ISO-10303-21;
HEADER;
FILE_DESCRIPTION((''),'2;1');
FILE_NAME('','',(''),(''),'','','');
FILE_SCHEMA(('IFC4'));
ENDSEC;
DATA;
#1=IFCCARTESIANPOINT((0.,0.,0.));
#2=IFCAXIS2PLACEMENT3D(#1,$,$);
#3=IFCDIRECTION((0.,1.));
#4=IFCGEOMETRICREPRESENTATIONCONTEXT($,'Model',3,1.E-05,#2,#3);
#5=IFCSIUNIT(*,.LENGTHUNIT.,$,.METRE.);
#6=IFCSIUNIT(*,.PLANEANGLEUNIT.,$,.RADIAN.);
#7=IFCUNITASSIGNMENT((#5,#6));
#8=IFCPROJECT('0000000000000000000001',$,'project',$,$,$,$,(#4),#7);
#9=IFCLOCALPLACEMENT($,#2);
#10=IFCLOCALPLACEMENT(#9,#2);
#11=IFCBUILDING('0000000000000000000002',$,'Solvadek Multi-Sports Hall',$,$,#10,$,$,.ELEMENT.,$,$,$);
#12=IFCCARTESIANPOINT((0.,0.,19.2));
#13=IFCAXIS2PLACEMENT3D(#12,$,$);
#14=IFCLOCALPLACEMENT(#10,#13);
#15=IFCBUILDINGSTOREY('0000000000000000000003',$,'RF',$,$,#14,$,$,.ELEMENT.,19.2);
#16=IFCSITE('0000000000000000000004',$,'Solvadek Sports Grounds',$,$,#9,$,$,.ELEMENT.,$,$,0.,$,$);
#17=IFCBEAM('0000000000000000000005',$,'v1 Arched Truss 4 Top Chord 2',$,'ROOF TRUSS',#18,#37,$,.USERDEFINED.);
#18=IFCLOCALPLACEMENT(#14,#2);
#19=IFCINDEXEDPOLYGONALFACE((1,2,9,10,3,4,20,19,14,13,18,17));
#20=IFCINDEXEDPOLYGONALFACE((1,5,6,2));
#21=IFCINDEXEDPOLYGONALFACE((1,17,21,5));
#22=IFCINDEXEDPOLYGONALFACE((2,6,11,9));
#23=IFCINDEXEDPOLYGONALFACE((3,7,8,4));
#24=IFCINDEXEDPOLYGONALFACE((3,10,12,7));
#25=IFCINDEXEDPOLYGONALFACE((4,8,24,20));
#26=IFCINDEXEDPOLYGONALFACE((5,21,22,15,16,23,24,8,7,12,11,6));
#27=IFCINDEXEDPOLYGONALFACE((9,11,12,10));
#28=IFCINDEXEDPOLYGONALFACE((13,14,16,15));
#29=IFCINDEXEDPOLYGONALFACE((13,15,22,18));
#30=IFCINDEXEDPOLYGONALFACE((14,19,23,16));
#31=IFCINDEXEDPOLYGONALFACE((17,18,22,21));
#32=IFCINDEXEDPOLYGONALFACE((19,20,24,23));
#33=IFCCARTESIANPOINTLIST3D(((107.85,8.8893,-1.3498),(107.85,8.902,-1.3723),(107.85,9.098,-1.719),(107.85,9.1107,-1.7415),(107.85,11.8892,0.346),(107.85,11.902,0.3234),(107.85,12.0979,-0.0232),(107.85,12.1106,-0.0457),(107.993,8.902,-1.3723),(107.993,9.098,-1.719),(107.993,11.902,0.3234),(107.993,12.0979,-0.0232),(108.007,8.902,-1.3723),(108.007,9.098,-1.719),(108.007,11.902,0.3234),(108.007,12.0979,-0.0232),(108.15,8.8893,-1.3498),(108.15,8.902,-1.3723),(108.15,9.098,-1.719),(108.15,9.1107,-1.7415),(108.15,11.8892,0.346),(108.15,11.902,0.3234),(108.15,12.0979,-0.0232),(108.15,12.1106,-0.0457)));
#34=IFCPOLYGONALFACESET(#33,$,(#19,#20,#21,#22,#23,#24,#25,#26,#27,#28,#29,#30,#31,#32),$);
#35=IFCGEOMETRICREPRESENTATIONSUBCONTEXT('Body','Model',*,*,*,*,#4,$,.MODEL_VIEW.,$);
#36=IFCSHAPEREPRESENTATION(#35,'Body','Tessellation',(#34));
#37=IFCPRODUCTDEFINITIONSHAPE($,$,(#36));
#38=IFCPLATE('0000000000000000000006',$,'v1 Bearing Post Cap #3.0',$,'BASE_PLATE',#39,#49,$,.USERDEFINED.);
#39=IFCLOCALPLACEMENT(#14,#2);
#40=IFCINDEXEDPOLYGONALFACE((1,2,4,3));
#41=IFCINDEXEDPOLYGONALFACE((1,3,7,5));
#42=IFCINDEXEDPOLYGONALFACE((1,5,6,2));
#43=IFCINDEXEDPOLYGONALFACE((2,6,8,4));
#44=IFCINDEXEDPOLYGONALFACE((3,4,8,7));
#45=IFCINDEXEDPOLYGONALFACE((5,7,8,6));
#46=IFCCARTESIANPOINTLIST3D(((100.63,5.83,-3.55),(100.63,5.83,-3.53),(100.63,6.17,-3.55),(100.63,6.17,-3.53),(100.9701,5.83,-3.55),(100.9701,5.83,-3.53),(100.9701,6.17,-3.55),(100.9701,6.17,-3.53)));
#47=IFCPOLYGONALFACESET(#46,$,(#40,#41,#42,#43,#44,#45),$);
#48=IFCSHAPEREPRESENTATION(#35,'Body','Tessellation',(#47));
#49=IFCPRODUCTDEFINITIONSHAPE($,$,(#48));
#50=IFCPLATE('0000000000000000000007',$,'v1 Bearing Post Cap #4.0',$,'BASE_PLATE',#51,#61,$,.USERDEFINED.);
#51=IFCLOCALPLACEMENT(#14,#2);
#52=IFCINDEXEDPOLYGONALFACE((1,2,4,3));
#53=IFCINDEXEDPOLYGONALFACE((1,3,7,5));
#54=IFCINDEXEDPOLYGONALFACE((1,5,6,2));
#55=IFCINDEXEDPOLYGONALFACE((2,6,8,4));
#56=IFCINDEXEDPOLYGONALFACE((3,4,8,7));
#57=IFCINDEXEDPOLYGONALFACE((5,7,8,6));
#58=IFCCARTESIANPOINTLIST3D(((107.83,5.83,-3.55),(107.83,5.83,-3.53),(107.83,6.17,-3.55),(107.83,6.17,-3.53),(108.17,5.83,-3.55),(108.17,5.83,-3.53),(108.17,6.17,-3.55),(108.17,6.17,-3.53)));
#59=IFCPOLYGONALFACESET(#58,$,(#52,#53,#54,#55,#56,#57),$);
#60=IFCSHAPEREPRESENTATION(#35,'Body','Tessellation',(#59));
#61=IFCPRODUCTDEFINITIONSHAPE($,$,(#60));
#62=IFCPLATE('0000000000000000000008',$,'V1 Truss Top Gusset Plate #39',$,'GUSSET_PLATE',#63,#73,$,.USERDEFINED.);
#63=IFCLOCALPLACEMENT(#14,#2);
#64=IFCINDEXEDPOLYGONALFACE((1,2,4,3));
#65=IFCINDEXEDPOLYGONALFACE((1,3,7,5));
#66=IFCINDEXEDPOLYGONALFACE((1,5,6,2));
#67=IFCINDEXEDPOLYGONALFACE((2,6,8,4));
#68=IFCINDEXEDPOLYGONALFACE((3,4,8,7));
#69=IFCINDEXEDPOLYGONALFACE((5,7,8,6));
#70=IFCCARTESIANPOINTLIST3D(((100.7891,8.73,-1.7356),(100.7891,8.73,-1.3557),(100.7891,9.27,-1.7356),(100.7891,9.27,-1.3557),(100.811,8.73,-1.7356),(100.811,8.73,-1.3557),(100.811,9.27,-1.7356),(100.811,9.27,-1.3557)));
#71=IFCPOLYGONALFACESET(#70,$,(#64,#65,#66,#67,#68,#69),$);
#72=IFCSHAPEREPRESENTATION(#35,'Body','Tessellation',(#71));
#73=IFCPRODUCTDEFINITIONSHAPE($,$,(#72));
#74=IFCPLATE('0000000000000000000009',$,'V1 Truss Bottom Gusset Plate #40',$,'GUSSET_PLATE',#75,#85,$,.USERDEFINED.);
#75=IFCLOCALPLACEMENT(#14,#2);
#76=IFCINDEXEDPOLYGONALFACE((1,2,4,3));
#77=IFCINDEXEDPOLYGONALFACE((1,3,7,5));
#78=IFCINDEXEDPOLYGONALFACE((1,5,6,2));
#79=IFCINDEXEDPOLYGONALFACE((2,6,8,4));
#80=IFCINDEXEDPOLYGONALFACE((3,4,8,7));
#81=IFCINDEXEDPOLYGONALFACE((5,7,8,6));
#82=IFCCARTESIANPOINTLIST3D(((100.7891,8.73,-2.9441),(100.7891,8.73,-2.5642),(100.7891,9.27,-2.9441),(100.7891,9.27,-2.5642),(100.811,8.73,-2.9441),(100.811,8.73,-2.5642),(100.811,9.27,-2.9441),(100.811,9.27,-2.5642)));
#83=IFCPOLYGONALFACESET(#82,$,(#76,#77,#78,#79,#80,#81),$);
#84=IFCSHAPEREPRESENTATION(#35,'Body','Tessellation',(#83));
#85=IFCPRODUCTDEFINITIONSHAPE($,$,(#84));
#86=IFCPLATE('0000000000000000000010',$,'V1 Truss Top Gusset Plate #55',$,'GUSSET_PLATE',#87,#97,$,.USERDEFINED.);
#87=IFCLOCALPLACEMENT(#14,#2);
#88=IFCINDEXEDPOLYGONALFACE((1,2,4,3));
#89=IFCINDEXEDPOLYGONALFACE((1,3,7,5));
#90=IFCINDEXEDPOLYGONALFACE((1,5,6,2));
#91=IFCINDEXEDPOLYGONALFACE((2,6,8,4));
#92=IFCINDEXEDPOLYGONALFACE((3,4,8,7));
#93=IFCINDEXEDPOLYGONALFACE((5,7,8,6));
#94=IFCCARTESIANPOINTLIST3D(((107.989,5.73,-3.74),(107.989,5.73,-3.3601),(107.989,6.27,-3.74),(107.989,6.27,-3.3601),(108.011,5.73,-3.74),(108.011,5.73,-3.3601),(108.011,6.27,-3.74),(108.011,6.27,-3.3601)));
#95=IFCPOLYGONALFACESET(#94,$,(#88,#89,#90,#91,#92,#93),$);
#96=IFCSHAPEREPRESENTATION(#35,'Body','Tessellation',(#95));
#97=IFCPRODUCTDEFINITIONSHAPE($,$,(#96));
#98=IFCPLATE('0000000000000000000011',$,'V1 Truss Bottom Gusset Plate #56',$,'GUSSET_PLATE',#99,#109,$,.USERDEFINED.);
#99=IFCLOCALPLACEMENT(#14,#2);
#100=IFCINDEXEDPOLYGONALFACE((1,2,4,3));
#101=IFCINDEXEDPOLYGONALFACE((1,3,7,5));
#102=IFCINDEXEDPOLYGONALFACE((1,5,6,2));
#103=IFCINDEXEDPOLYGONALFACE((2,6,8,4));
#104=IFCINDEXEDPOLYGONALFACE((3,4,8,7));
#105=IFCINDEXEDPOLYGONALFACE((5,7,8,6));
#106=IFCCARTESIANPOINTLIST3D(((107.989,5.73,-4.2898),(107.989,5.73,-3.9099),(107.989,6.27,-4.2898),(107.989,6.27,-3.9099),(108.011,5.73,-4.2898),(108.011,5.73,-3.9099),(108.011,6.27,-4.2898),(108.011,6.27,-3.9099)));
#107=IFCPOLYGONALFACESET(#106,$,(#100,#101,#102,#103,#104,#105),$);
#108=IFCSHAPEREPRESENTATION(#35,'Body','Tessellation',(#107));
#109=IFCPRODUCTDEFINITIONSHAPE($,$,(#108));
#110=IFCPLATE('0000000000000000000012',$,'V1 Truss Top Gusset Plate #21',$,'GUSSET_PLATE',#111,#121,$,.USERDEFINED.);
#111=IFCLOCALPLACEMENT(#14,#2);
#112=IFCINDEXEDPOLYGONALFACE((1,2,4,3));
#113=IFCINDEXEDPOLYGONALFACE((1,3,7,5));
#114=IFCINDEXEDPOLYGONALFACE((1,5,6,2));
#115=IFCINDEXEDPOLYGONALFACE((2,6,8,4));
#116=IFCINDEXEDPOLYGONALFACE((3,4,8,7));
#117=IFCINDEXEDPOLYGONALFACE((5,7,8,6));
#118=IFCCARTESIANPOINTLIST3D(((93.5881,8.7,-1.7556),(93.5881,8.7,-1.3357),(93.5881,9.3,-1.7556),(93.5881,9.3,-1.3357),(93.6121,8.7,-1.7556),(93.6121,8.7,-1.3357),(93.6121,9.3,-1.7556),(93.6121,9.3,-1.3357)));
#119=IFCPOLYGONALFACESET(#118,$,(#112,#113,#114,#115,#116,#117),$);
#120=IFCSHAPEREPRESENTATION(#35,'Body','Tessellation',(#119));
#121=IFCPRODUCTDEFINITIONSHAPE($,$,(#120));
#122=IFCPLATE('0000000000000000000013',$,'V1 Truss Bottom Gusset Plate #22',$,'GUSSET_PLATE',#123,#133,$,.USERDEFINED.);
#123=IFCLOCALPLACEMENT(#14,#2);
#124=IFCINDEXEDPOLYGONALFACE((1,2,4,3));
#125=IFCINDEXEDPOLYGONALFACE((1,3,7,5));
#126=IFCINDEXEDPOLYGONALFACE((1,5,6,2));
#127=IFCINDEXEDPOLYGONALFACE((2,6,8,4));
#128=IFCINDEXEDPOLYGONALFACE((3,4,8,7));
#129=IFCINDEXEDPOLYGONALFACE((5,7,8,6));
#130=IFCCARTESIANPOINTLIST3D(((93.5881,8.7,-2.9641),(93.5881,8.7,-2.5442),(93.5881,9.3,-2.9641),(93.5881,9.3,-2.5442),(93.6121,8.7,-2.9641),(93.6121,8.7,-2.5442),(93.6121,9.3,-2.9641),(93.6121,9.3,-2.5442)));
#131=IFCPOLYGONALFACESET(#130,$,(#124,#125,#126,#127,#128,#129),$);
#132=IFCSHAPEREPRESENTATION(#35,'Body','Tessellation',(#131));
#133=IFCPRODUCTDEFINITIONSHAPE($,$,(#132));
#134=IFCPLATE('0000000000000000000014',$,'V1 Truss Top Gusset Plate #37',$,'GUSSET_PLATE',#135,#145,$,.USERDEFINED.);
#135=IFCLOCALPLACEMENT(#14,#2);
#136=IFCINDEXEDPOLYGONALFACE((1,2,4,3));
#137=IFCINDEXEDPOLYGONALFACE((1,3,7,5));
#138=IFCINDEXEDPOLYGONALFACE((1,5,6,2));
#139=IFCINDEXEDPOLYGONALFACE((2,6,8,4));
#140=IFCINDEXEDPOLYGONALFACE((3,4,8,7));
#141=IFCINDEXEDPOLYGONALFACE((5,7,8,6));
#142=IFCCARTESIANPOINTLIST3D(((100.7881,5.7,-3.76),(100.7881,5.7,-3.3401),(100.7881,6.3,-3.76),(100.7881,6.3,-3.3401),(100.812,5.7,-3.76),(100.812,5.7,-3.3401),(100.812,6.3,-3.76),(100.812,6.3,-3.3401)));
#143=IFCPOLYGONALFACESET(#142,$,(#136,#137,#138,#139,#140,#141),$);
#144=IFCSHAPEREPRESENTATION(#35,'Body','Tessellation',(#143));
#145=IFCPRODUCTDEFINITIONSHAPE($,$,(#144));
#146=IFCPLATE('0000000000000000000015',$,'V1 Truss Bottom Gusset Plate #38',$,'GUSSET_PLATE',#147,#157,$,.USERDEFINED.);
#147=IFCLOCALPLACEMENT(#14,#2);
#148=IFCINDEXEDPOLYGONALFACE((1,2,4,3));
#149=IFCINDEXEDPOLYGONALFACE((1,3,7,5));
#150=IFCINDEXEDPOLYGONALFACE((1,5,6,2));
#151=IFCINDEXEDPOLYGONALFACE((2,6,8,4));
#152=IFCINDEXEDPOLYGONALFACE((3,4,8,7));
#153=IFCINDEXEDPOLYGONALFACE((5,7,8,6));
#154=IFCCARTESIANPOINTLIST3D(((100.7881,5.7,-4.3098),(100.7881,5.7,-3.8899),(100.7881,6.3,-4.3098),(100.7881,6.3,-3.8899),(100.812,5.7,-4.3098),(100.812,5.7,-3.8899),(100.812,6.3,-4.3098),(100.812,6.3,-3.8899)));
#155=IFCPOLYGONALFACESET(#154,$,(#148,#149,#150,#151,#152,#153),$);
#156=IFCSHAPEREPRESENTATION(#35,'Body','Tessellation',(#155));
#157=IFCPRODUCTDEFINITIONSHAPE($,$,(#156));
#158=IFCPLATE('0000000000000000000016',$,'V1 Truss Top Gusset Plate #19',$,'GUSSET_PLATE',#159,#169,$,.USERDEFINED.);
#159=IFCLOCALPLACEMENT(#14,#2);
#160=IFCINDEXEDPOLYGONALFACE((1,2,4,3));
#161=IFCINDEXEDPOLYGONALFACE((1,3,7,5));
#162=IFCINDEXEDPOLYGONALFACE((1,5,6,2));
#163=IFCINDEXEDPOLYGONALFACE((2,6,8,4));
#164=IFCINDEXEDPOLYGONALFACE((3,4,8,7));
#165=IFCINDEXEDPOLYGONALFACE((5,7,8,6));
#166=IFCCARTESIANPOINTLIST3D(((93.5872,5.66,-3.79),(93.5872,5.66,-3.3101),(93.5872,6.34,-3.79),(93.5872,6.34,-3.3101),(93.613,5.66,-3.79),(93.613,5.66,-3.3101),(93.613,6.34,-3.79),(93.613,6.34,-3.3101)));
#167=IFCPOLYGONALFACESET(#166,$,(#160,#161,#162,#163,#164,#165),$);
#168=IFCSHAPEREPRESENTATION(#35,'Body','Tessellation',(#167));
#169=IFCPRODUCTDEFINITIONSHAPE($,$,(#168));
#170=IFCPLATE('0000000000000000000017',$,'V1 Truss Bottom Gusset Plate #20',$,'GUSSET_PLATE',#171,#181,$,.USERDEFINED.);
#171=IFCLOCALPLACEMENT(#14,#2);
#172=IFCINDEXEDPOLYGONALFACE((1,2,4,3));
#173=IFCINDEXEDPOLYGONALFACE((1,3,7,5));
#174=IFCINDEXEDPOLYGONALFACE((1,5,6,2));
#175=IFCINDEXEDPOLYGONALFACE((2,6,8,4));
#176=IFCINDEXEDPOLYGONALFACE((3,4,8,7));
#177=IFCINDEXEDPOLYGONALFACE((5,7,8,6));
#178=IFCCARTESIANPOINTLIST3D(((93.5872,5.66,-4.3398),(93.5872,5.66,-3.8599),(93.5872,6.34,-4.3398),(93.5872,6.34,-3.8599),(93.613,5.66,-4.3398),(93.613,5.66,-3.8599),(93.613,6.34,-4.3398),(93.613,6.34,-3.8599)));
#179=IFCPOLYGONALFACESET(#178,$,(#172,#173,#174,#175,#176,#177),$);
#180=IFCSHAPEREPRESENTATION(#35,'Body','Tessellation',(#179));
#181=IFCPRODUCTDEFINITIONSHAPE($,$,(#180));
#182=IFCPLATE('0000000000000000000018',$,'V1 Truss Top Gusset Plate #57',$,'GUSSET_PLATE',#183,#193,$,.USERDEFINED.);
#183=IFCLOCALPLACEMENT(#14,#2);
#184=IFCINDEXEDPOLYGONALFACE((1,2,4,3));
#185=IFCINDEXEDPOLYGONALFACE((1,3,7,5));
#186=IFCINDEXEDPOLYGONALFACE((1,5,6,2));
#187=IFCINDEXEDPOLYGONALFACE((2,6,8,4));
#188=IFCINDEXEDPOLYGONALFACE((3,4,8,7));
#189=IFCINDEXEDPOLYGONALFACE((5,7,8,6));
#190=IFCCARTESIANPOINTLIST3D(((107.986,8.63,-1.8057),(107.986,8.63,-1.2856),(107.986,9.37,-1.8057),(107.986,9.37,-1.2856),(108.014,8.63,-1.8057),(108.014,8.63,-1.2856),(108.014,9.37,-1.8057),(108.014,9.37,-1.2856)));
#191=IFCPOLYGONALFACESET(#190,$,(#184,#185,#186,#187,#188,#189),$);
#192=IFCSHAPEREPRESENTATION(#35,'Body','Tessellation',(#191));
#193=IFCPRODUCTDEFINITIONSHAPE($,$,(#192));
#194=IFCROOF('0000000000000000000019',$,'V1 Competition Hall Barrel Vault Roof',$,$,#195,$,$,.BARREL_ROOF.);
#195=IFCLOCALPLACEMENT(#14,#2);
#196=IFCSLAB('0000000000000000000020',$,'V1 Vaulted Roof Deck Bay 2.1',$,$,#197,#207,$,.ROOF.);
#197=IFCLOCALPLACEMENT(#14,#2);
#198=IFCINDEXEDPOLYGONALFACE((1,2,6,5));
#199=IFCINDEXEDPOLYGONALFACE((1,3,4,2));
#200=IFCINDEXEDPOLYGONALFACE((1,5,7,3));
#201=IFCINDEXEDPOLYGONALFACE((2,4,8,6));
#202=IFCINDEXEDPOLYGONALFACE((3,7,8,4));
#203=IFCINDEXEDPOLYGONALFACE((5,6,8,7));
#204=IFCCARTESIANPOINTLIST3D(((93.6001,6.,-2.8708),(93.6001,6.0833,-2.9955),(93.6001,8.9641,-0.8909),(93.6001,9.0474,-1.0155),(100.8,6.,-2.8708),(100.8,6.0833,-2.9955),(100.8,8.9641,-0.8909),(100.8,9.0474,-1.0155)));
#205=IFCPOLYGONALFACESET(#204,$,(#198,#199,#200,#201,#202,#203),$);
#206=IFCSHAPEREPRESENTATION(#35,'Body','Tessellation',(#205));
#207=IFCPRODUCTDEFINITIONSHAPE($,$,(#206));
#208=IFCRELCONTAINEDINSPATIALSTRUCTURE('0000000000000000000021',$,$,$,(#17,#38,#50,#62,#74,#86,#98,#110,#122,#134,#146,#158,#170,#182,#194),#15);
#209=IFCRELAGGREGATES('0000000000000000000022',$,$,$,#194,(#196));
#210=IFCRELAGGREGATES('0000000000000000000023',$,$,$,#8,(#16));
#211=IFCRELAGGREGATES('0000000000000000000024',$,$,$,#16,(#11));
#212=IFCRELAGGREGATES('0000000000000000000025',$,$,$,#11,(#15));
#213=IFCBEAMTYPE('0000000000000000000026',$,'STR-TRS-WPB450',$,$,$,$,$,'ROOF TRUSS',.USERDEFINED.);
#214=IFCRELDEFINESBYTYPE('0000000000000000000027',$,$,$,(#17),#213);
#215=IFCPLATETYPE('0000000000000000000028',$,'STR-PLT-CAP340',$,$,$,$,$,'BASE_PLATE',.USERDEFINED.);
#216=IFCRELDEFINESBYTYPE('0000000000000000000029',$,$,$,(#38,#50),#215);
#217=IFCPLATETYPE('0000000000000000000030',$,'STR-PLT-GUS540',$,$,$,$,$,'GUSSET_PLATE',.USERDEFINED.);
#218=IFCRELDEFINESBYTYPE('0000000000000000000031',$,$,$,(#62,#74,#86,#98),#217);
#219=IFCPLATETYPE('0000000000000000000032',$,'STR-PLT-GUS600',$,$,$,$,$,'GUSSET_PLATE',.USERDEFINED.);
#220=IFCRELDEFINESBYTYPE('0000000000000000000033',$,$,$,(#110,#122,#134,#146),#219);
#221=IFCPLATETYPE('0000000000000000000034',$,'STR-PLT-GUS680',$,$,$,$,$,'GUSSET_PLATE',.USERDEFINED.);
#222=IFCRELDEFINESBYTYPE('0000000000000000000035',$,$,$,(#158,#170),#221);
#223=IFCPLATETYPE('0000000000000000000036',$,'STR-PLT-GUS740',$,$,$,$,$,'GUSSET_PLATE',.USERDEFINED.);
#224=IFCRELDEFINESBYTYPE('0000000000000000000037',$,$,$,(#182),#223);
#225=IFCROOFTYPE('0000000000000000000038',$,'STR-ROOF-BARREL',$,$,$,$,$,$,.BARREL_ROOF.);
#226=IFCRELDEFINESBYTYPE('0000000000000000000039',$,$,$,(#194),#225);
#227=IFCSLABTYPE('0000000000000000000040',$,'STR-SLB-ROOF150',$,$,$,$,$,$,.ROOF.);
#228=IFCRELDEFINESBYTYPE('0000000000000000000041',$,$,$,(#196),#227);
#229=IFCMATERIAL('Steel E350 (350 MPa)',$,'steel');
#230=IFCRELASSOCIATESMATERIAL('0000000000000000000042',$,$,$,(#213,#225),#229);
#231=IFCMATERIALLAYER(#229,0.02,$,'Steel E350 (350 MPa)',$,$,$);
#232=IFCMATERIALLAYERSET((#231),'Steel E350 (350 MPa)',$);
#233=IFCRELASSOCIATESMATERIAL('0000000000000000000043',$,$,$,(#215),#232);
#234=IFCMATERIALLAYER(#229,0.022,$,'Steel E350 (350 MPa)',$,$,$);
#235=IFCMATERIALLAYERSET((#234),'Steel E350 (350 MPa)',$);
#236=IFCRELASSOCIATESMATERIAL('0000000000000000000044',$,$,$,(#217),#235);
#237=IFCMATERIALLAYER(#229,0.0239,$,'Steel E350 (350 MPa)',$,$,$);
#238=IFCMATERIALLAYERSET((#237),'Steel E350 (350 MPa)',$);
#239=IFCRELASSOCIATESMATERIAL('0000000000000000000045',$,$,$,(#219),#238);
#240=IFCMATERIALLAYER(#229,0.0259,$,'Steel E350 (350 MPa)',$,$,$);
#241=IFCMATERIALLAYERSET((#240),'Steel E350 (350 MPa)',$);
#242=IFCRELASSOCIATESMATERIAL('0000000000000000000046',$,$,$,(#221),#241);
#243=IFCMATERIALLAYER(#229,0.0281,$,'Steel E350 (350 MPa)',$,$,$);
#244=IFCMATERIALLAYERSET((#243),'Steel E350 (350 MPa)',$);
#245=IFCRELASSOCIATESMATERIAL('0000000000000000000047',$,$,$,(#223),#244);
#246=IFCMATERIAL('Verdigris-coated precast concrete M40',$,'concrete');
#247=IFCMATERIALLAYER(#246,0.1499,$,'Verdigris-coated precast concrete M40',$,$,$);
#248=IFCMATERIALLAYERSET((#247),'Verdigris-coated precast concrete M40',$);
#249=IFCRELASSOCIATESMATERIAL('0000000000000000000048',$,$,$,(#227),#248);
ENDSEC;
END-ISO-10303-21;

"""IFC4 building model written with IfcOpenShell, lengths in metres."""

from ifc_helpers import new_model, si_unit, direction, frame, origin, origin_2d, place, context, subcontext, project, spatial, polyline, rectangle, i_section, outline, extrude, material, layer, layer_set, material_profile, profile_set, type_object, element, aggregate, save


model = new_model("IFC4")

# Units and contexts
model_context = context("Model", 3, precision=1e-05, world=origin(), true_north=direction((0.0, 1.0)))
body_context = subcontext(model_context, "Body", "Model", "MODEL_VIEW")
ifc_project = project(units=[si_unit("LENGTHUNIT", "METRE"), si_unit("PLANEANGLEUNIT", "RADIAN")], contexts=[model_context])

# Site, building, storey
site_placement = place(None, origin())
site = spatial("IfcSite", under=ifc_project, at=site_placement, Name="Solvadek Sports Grounds", CompositionType="ELEMENT", RefElevation=0.0)
building_placement = place(site_placement, origin())
building = spatial("IfcBuilding", under=site, at=building_placement, Name="Solvadek Multi-Sports Hall", CompositionType="ELEMENT")
storey_placement = place(building_placement, frame((0.0, 0.0, 19.2)))
storey = spatial("IfcBuildingStorey", under=building, at=storey_placement, Name="RF", CompositionType="ELEMENT", Elevation=19.2)

# Shared definitions
ifc_material_1 = material(Name="Steel E350 (350 MPa)", Category="steel")

# Beam
ifc_material_profile_1 = material_profile(ifc_material_1, i_section(OverallWidth=0.3, OverallDepth=0.45, WebThickness=0.0139, FlangeThickness=0.0259, at=origin_2d()), Name="WPB 450")
ifc_profile_set_1 = profile_set([ifc_material_profile_1], Name="Steel E350 (350 MPa)")
beam_type = type_object("IfcBeamType", Name="STR-TRS-WPB450", ElementType="ROOF TRUSS", PredefinedType="USERDEFINED", material=ifc_profile_set_1)
beam_1_placement = place(storey_placement, frame((108.0, 9.0, -1.5457), z_axis=(0.0, 0.870544, 0.49209), x_axis=(-1.0, 0.0, 0.0)))
element("IfcBeam", 1, at=beam_1_placement, inside=storey, type_object=beam_type, Name="v1 Arched Truss 4 Top Chord 2", ObjectType="ROOF TRUSS", PredefinedType="USERDEFINED", context=body_context, shape_type="SweptSolid", body=[
    extrude(i_section(OverallWidth=0.3, OverallDepth=0.45, WebThickness=0.0139, FlangeThickness=0.0259, at=origin_2d()), origin(), (0.0, 0.0, 1.0), 3.446),
])

# Plates
ifc_layer_1 = layer(ifc_material_1, 0.02, Name="Steel E350 (350 MPa)")
ifc_layer_set_1 = layer_set([ifc_layer_1], Name="Steel E350 (350 MPa)")
plate_type_1 = type_object("IfcPlateType", Name="STR-PLT-CAP340", ElementType="BASE_PLATE", PredefinedType="USERDEFINED", material=ifc_layer_set_1)
for number, where, z_axis, x_axis, name in (
    (2, (100.8, 6.0, -3.55), (0.0, 0.0, 1.0), (1.0, 0.0, 0.0), "v1 Bearing Post Cap #3.0"),
    (3, (108.0, 6.0, -3.55), (0.0, 0.0, 1.0), (1.0, 0.0, 0.0), "v1 Bearing Post Cap #4.0"),
):
    element("IfcPlate", number, at=place(storey_placement, frame(where, z_axis=z_axis, x_axis=x_axis)), inside=storey, type_object=plate_type_1, Name=name, ObjectType="BASE_PLATE", PredefinedType="USERDEFINED", context=body_context, shape_type="SweptSolid", body=[
        extrude(rectangle(XDim=0.3401, YDim=0.3401, at=origin_2d()), origin(), (0.0, 0.0, 1.0), 0.02),
    ])
ifc_layer_2 = layer(ifc_material_1, 0.022, Name="Steel E350 (350 MPa)")
ifc_layer_set_2 = layer_set([ifc_layer_2], Name="Steel E350 (350 MPa)")
plate_type_2 = type_object("IfcPlateType", Name="STR-PLT-GUS540", ElementType="GUSSET_PLATE", PredefinedType="USERDEFINED", material=ifc_layer_set_2)
for number, where, z_axis, x_axis, name in (
    (4, (100.8, 9.0, -1.7356), (0.0, 0.0, 1.0), (0.0, 1.0, 0.0), "V1 Truss Top Gusset Plate #39"),
    (5, (100.8, 9.0, -2.9441), (0.0, 0.0, 1.0), (0.0, 1.0, 0.0), "V1 Truss Bottom Gusset Plate #40"),
    (6, (108.0, 6.0, -3.74), (0.0, 0.0, 1.0), (0.0, 1.0, 0.0), "V1 Truss Top Gusset Plate #55"),
    (7, (108.0, 6.0, -4.2898), (0.0, 0.0, 1.0), (0.0, 1.0, 0.0), "V1 Truss Bottom Gusset Plate #56"),
):
    element("IfcPlate", number, at=place(storey_placement, frame(where, z_axis=z_axis, x_axis=x_axis)), inside=storey, type_object=plate_type_2, Name=name, ObjectType="GUSSET_PLATE", PredefinedType="USERDEFINED", context=body_context, shape_type="SweptSolid", body=[
        extrude(rectangle(XDim=0.54, YDim=0.022, at=origin_2d()), origin(), (0.0, 0.0, 1.0), 0.3799),
    ])
ifc_layer_3 = layer(ifc_material_1, 0.0239, Name="Steel E350 (350 MPa)")
ifc_layer_set_3 = layer_set([ifc_layer_3], Name="Steel E350 (350 MPa)")
plate_type_3 = type_object("IfcPlateType", Name="STR-PLT-GUS600", ElementType="GUSSET_PLATE", PredefinedType="USERDEFINED", material=ifc_layer_set_3)
for number, where, z_axis, x_axis, name in (
    (8, (93.6001, 9.0, -1.7556), (0.0, 0.0, 1.0), (0.0, 1.0, 0.0), "V1 Truss Top Gusset Plate #21"),
    (9, (93.6001, 9.0, -2.9641), (0.0, 0.0, 1.0), (0.0, 1.0, 0.0), "V1 Truss Bottom Gusset Plate #22"),
    (10, (100.8, 6.0, -3.76), (0.0, 0.0, 1.0), (0.0, 1.0, 0.0), "V1 Truss Top Gusset Plate #37"),
    (11, (100.8, 6.0, -4.3098), (0.0, 0.0, 1.0), (0.0, 1.0, 0.0), "V1 Truss Bottom Gusset Plate #38"),
):
    element("IfcPlate", number, at=place(storey_placement, frame(where, z_axis=z_axis, x_axis=x_axis)), inside=storey, type_object=plate_type_3, Name=name, ObjectType="GUSSET_PLATE", PredefinedType="USERDEFINED", context=body_context, shape_type="SweptSolid", body=[
        extrude(rectangle(XDim=0.6001, YDim=0.0239, at=origin_2d()), origin(), (0.0, 0.0, 1.0), 0.4199),
    ])
ifc_layer_4 = layer(ifc_material_1, 0.0259, Name="Steel E350 (350 MPa)")
ifc_layer_set_4 = layer_set([ifc_layer_4], Name="Steel E350 (350 MPa)")
plate_type_4 = type_object("IfcPlateType", Name="STR-PLT-GUS680", ElementType="GUSSET_PLATE", PredefinedType="USERDEFINED", material=ifc_layer_set_4)
for number, where, z_axis, x_axis, name in (
    (12, (93.6001, 6.0, -3.79), (0.0, 0.0, 1.0), (0.0, 1.0, 0.0), "V1 Truss Top Gusset Plate #19"),
    (13, (93.6001, 6.0, -4.3398), (0.0, 0.0, 1.0), (0.0, 1.0, 0.0), "V1 Truss Bottom Gusset Plate #20"),
):
    element("IfcPlate", number, at=place(storey_placement, frame(where, z_axis=z_axis, x_axis=x_axis)), inside=storey, type_object=plate_type_4, Name=name, ObjectType="GUSSET_PLATE", PredefinedType="USERDEFINED", context=body_context, shape_type="SweptSolid", body=[
        extrude(rectangle(XDim=0.6799, YDim=0.0259, at=origin_2d()), origin(), (0.0, 0.0, 1.0), 0.48),
    ])
ifc_layer_5 = layer(ifc_material_1, 0.0281, Name="Steel E350 (350 MPa)")
ifc_layer_set_5 = layer_set([ifc_layer_5], Name="Steel E350 (350 MPa)")
plate_type_5 = type_object("IfcPlateType", Name="STR-PLT-GUS740", ElementType="GUSSET_PLATE", PredefinedType="USERDEFINED", material=ifc_layer_set_5)
plate_placement = place(storey_placement, frame((108.0, 9.0, -1.8057), z_axis=(0.0, 0.0, 1.0), x_axis=(0.0, 1.0, 0.0)))
element("IfcPlate", 14, at=plate_placement, inside=storey, type_object=plate_type_5, Name="V1 Truss Top Gusset Plate #57", ObjectType="GUSSET_PLATE", PredefinedType="USERDEFINED", context=body_context, shape_type="SweptSolid", body=[
    extrude(rectangle(XDim=0.74, YDim=0.0281, at=origin_2d()), origin(), (0.0, 0.0, 1.0), 0.52),
])

# Roof, slab
roof_type = type_object("IfcRoofType", Name="STR-ROOF-BARREL", PredefinedType="BARREL_ROOF", material=ifc_material_1)
roof_placement = place(storey_placement, origin())
roof = element("IfcRoof", 15, at=roof_placement, inside=storey, type_object=roof_type, Name="V1 Competition Hall Barrel Vault Roof", PredefinedType="BARREL_ROOF")
ifc_material_2 = material(Name="Verdigris-coated precast concrete M40", Category="concrete")
ifc_layer_6 = layer(ifc_material_2, 0.1499, Name="Verdigris-coated precast concrete M40")
ifc_layer_set_6 = layer_set([ifc_layer_6], Name="Verdigris-coated precast concrete M40")
slab_type = type_object("IfcSlabType", Name="STR-SLB-ROOF150", PredefinedType="ROOF", material=ifc_layer_set_6)
slab_1_placement = place(storey_placement, frame((93.6001, 6.0, -2.8708), z_axis=(0.0, -0.555459, 0.831544), x_axis=(1.0, 0.0, 0.0)))
slab_1 = element("IfcSlab", 16, at=slab_1_placement, type_object=slab_type, Name="V1 Vaulted Roof Deck Bay 2.1", PredefinedType="ROOF", context=body_context, shape_type="SweptSolid", body=[
    extrude(outline(polyline([(0.0, 0.0), (7.2, 0.0), (7.2, 3.5646), (0.0, 3.5646), (0.0, 0.0)])), origin(), (0.0, 0.0, -1.0), 0.1499),
])
aggregate(roof, [slab_1])

save(model, "model.ifc")
